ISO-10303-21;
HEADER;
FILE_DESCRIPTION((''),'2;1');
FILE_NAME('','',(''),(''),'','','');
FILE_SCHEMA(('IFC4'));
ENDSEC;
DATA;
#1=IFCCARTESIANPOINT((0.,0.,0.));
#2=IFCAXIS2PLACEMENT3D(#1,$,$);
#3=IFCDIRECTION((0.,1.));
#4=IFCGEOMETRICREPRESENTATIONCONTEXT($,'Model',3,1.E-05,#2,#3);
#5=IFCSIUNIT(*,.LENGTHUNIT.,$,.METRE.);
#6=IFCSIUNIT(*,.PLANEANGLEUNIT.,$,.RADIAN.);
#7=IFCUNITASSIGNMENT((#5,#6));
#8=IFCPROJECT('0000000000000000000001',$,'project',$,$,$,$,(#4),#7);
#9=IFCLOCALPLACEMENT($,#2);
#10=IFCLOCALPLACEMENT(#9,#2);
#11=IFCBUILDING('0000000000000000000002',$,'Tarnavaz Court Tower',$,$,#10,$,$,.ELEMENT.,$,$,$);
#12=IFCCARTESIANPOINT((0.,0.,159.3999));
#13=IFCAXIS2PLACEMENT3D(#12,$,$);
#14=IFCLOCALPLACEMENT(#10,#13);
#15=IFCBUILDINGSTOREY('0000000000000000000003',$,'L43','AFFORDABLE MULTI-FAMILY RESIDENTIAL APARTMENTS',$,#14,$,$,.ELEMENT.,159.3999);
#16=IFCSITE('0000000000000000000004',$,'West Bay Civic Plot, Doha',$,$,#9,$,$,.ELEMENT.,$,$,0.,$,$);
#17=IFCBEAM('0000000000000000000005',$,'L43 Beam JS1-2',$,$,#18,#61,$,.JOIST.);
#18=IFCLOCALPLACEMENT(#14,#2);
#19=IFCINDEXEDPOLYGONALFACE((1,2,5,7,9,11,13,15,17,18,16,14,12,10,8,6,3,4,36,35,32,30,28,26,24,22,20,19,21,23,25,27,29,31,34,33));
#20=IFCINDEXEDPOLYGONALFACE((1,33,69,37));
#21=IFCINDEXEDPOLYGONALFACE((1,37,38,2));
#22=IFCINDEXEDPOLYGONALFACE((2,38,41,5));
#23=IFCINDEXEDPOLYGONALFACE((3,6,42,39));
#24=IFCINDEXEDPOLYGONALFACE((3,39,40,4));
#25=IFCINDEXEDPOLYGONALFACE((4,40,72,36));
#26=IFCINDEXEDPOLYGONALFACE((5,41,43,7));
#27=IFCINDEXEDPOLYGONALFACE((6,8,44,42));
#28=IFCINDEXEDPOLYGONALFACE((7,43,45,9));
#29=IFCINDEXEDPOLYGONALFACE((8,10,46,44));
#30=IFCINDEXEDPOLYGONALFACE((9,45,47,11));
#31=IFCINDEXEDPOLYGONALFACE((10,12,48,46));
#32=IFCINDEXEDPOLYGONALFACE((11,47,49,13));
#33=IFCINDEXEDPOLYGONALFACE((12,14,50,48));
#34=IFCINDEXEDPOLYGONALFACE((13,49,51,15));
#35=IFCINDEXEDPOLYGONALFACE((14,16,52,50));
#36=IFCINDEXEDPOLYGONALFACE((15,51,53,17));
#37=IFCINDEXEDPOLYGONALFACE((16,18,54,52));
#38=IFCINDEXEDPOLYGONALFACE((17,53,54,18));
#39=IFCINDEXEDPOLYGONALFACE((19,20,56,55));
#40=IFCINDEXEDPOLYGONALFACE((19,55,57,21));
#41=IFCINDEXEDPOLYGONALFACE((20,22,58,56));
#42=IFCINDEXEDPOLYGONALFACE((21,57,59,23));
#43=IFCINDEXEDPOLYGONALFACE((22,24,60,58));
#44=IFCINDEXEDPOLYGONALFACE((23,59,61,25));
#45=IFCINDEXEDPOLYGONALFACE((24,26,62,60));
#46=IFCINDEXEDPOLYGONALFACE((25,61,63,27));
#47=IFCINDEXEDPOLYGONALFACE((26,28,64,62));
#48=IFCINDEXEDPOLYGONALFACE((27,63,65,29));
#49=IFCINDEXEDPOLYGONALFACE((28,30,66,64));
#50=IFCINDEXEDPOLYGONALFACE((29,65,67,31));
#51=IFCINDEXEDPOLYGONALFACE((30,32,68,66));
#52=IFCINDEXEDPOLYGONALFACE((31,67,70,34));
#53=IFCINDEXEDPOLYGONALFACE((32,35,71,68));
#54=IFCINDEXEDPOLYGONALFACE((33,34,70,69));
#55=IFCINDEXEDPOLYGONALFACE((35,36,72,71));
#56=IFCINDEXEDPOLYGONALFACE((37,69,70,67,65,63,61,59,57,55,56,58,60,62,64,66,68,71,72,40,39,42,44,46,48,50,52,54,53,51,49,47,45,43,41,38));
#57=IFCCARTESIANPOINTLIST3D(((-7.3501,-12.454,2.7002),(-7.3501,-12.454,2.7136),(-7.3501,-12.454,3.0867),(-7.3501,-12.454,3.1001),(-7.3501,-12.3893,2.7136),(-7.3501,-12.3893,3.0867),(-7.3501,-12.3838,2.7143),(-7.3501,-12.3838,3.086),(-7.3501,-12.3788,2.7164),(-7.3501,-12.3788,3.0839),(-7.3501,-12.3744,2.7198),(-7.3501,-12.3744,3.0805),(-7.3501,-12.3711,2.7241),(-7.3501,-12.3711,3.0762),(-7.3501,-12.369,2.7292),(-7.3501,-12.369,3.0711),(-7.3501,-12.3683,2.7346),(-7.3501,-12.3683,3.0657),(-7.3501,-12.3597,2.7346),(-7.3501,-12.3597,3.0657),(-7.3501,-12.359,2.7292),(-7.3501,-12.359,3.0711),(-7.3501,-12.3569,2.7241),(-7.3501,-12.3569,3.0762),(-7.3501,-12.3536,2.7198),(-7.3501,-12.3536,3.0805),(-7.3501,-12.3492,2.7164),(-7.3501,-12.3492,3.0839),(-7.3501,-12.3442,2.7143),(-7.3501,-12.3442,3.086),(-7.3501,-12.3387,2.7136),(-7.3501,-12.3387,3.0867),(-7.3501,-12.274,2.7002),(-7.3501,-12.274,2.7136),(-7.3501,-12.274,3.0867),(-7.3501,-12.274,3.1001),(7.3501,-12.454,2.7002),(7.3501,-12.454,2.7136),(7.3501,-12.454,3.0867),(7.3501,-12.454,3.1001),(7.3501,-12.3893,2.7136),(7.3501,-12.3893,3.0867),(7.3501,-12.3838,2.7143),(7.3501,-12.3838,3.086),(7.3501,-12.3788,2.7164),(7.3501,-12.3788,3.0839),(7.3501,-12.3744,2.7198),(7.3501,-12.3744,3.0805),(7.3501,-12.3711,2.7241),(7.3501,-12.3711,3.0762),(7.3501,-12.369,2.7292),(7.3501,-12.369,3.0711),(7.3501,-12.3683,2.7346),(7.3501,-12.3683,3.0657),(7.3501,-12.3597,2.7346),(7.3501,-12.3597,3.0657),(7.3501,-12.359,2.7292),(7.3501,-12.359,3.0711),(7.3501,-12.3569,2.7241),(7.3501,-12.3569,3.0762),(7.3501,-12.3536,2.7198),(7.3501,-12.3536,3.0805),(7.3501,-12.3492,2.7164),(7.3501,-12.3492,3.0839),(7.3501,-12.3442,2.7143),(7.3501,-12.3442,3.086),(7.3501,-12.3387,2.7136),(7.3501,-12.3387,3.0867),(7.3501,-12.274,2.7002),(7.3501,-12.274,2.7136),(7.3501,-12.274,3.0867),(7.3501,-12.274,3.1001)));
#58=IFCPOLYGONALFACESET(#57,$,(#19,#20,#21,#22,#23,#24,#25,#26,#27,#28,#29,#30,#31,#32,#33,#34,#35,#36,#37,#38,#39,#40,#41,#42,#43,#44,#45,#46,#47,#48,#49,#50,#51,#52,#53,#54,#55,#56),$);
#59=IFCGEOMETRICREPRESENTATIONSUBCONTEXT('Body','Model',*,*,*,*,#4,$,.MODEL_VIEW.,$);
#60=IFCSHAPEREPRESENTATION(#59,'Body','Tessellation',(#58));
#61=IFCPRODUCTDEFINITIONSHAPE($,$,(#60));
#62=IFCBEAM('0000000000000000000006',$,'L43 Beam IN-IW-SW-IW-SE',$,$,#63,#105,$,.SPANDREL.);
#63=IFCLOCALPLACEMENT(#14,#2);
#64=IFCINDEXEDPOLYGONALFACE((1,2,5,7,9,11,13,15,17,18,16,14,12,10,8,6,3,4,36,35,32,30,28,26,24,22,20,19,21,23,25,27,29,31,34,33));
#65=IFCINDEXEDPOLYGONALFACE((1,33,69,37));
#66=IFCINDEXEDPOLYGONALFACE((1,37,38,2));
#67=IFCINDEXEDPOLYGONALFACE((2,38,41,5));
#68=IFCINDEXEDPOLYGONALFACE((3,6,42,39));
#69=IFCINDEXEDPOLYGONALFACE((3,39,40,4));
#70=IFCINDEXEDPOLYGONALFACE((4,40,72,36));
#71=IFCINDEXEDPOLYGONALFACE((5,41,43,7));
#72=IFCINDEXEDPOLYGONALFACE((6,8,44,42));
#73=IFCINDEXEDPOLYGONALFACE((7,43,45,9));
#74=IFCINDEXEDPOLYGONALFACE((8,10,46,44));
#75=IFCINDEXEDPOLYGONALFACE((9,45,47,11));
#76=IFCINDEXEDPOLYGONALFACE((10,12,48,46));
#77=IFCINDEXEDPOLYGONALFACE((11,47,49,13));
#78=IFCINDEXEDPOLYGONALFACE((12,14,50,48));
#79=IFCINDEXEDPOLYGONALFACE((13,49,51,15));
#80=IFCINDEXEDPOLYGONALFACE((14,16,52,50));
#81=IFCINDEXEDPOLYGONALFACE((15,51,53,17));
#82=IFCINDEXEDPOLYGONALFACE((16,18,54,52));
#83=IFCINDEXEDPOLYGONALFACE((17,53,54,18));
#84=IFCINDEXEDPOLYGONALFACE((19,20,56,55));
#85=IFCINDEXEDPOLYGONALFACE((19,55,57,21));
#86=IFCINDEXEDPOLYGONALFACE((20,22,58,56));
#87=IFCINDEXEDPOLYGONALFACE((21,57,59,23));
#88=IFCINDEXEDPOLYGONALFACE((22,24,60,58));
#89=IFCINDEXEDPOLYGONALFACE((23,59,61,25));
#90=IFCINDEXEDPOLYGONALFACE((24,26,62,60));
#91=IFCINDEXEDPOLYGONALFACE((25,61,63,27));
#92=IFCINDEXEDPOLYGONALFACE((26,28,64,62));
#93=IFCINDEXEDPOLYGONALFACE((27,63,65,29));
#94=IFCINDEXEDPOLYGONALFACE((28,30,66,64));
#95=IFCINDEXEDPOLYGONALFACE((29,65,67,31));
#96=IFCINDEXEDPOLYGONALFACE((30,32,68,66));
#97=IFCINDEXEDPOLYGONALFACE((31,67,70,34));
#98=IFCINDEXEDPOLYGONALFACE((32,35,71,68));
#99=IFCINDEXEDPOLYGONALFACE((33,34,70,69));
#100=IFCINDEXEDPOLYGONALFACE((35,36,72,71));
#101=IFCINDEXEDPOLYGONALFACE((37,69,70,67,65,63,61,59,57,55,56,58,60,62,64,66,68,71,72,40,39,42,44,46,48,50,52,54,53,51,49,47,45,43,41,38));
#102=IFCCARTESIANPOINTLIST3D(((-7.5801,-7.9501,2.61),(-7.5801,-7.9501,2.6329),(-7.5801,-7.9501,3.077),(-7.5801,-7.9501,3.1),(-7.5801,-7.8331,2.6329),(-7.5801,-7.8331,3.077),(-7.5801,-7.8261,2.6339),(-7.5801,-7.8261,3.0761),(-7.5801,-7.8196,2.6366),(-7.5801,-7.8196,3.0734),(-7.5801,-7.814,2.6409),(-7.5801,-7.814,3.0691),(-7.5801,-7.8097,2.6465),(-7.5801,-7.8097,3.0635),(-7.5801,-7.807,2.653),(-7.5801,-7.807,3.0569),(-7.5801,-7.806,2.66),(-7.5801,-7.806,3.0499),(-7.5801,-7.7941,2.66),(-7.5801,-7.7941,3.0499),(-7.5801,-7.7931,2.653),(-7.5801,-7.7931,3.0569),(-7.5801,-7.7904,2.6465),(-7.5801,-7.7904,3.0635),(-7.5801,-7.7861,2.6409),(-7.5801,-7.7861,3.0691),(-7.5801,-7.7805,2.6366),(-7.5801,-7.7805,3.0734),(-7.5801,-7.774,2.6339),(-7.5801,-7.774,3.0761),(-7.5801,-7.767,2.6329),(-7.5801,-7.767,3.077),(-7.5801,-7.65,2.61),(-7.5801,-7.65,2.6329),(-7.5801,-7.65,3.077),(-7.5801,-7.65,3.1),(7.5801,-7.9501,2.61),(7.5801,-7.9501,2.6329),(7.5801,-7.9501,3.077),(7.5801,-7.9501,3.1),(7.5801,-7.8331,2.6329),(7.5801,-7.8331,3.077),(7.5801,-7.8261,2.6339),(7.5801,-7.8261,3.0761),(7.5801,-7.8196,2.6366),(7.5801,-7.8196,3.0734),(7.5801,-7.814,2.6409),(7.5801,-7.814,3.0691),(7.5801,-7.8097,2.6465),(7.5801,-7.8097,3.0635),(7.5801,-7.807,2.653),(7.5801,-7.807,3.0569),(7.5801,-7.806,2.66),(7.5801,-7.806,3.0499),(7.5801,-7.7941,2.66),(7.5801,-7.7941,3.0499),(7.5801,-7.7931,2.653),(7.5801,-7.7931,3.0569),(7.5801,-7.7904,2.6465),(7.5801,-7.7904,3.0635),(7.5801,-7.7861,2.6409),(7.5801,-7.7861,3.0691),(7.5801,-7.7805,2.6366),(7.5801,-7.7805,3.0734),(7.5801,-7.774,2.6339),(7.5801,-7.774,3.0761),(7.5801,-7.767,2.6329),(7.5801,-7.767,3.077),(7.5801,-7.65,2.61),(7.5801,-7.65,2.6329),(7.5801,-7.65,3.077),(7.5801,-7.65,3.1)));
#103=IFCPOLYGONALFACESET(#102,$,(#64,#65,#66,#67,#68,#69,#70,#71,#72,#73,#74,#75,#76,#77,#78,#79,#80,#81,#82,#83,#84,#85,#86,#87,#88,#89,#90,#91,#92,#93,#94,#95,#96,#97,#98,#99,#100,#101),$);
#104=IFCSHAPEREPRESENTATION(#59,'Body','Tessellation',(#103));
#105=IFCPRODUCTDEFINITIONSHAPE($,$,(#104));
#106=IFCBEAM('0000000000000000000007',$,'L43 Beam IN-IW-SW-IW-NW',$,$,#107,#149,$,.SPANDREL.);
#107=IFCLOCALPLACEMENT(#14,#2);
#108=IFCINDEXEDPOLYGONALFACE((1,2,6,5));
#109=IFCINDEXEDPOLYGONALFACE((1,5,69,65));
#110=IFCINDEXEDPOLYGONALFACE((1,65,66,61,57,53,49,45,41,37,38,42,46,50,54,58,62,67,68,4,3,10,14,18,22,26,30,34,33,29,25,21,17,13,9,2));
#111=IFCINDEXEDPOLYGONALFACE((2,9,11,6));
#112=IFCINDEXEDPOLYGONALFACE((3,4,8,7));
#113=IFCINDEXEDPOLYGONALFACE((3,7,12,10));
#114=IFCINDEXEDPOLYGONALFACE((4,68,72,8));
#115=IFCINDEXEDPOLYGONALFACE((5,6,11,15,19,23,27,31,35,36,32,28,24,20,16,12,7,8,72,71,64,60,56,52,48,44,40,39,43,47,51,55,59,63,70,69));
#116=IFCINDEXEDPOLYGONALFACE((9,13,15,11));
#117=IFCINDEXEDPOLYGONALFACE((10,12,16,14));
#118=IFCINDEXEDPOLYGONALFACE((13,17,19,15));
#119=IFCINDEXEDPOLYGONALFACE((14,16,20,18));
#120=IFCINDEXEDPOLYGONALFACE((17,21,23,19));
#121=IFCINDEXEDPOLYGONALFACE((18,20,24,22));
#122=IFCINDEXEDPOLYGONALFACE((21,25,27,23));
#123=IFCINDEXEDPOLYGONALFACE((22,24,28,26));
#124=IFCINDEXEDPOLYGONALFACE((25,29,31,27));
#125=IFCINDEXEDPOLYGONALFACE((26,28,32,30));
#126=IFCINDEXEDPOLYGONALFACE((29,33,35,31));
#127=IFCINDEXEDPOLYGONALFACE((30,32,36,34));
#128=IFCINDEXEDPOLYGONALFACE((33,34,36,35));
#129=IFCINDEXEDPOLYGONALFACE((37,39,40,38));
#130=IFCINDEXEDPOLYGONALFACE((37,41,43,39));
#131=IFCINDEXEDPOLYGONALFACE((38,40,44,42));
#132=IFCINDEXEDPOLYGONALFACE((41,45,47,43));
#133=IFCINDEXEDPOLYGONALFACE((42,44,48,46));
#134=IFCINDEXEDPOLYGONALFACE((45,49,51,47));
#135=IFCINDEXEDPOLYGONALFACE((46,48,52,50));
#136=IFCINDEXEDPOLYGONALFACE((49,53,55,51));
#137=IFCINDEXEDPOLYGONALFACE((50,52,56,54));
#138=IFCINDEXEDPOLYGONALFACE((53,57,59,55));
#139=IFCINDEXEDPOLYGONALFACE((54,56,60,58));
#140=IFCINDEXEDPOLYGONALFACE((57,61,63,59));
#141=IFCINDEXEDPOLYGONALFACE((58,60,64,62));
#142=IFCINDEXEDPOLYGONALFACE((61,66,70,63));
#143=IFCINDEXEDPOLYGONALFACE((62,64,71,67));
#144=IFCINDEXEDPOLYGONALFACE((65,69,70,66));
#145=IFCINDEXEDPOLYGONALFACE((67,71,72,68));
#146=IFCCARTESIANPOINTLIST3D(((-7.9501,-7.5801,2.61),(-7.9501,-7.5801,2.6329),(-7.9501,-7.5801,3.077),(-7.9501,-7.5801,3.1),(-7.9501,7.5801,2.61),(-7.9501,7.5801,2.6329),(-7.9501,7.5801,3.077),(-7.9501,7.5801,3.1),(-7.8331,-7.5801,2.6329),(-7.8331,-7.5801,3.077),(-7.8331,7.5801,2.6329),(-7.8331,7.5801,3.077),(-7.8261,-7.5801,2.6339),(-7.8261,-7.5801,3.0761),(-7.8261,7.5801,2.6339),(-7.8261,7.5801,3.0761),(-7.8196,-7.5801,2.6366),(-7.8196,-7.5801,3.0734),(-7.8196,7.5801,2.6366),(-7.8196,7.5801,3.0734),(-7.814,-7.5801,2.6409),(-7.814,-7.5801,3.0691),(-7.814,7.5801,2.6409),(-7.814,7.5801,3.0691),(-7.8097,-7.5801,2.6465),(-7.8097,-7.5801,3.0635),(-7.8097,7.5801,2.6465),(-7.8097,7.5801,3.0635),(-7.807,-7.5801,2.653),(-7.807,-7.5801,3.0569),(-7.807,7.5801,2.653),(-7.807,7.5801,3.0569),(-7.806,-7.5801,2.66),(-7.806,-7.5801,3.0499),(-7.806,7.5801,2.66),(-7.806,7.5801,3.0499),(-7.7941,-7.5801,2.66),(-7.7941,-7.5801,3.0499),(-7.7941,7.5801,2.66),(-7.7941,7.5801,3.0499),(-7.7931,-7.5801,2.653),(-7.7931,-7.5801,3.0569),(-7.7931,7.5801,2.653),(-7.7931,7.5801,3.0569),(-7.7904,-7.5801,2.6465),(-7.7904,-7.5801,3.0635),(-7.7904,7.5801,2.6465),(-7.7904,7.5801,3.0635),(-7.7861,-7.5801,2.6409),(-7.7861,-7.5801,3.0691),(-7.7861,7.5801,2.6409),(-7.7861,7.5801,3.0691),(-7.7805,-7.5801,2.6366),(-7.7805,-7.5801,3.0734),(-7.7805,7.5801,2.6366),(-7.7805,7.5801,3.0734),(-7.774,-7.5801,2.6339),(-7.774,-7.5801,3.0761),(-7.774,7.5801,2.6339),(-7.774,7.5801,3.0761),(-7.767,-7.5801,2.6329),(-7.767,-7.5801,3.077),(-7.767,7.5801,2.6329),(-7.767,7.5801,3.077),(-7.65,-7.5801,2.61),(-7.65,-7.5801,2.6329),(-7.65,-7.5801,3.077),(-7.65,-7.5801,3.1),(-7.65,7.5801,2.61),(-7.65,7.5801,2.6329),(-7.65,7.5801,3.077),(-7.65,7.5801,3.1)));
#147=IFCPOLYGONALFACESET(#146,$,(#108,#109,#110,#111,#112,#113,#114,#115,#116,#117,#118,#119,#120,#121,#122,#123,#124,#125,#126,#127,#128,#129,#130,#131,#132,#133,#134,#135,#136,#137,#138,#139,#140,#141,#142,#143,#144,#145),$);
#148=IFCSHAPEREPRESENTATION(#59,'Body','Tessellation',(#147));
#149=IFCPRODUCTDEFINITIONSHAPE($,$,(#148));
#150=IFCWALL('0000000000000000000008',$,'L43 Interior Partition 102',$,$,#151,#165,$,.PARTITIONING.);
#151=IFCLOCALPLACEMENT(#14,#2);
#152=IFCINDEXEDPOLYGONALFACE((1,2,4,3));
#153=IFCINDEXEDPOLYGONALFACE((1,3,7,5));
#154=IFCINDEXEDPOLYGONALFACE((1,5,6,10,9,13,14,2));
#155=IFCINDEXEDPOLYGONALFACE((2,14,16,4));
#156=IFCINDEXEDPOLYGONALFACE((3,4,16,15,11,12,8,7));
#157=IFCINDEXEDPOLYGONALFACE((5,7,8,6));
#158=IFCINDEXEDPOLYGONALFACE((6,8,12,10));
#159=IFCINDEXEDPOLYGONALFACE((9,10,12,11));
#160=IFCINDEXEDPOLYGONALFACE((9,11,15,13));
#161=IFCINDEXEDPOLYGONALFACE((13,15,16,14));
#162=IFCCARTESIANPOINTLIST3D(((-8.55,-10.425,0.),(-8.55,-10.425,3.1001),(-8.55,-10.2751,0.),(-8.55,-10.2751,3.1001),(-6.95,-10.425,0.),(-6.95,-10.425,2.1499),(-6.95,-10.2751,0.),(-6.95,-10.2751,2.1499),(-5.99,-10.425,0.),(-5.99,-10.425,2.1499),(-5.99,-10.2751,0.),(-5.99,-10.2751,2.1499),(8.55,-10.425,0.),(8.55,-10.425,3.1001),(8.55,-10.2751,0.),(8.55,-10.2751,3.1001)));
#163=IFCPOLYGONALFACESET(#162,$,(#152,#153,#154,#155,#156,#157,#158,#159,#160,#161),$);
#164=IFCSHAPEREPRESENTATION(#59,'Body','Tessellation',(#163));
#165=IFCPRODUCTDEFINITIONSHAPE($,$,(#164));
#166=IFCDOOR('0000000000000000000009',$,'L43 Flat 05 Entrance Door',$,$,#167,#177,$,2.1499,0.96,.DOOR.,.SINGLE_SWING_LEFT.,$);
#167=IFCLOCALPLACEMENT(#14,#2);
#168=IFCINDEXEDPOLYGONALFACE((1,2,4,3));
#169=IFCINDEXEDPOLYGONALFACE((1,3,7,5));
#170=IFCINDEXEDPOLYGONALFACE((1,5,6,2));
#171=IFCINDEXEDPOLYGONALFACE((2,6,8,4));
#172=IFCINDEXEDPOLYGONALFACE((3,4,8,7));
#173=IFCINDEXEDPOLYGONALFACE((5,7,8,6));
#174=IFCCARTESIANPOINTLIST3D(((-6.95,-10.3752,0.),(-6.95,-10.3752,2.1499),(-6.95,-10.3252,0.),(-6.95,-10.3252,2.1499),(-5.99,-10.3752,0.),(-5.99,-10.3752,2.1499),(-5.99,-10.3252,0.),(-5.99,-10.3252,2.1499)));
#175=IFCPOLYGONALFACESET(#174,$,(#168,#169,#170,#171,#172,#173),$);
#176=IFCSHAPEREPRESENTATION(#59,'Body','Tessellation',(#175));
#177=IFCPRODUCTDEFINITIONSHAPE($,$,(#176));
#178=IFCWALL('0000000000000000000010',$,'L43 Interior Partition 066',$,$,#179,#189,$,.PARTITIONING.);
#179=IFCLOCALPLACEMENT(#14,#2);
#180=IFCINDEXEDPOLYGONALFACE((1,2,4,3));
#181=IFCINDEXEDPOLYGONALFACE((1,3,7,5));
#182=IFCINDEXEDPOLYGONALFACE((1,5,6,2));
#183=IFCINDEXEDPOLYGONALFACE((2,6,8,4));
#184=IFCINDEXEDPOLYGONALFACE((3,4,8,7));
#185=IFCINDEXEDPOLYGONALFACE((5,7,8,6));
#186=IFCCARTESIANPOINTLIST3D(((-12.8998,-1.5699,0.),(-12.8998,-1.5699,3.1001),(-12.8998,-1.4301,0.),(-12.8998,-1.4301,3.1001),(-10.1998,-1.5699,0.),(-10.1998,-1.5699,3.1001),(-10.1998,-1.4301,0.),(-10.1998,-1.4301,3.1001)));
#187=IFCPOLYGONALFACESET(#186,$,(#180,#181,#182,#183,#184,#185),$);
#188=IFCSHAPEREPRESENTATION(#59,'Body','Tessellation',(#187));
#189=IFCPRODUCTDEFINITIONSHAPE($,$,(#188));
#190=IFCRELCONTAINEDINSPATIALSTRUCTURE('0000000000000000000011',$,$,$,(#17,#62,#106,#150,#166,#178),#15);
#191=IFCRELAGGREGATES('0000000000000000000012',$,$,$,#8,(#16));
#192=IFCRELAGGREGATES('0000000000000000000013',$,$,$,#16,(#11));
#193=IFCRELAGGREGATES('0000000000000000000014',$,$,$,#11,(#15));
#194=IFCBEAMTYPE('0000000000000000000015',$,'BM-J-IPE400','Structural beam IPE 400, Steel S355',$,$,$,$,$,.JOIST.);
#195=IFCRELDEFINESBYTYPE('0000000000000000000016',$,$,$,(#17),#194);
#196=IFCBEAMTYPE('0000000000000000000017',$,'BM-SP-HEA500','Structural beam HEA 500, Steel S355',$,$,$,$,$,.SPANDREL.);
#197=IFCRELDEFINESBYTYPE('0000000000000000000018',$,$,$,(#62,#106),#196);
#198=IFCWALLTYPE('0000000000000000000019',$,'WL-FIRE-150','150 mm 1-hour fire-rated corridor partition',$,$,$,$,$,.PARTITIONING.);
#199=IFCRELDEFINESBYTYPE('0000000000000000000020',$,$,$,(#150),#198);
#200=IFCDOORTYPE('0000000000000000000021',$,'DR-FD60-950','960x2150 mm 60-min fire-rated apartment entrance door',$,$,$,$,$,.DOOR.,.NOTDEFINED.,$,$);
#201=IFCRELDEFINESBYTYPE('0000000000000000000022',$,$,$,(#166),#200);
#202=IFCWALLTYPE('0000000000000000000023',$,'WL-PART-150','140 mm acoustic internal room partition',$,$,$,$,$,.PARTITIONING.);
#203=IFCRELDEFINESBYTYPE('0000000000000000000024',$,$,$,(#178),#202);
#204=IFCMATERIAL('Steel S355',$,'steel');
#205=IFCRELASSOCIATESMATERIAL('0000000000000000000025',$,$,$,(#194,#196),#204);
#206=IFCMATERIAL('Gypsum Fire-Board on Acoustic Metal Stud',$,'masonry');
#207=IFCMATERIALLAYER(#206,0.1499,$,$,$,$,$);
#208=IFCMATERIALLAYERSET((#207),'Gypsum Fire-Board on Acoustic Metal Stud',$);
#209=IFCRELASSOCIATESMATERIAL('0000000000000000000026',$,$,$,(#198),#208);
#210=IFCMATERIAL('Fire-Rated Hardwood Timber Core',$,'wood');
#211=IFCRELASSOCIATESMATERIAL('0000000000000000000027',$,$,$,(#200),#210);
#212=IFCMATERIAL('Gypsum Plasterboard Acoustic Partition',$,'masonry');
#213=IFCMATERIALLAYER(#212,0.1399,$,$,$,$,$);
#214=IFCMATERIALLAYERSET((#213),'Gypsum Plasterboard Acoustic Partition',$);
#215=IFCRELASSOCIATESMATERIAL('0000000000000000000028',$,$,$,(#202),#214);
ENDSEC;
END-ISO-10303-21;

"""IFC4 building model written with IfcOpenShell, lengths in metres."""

from ifc_helpers import new_model, si_unit, direction, frame, frame_2d, origin, origin_2d, place, context, subcontext, project, spatial, rectangle, i_section, extrude, material, layer, layer_set, material_profile, profile_set, type_object, element, fill, save


model = new_model("IFC4")

# Units and contexts
model_context = context("Model", 3, precision=1e-05, world=origin(), true_north=direction((0.0, 1.0)))
body_context = subcontext(model_context, "Body", "Model", "MODEL_VIEW")
ifc_project = project(units=[si_unit("LENGTHUNIT", "METRE"), si_unit("PLANEANGLEUNIT", "RADIAN")], contexts=[model_context])

# Site, building, storey
site_placement = place(None, origin())
site = spatial("IfcSite", under=ifc_project, at=site_placement, Name="West Bay Civic Plot, Doha", CompositionType="ELEMENT", RefElevation=0.0)
building_placement = place(site_placement, origin())
building = spatial("IfcBuilding", under=site, at=building_placement, Name="Tarnavaz Court Tower", CompositionType="ELEMENT")
storey_placement = place(building_placement, frame((0.0, 0.0, 159.3999)))
storey = spatial("IfcBuildingStorey", under=building, at=storey_placement, Name="L43", Description="AFFORDABLE MULTI-FAMILY RESIDENTIAL APARTMENTS", CompositionType="ELEMENT", Elevation=159.3999)

# Beams
ifc_material_1 = material(Name="Steel S355", Category="steel")
ifc_material_profile_1 = material_profile(ifc_material_1, i_section(OverallWidth=0.1799, OverallDepth=0.3999, WebThickness=0.0085, FlangeThickness=0.0134, FilletRadius=0.021, at=origin_2d()), Name="IPE 400")
ifc_profile_set_1 = profile_set([ifc_material_profile_1], Name="Steel S355")
beam_type_1 = type_object("IfcBeamType", Name="BM-J-IPE400", Description="Structural beam IPE 400, Steel S355", PredefinedType="JOIST", material=ifc_profile_set_1)
beam_1_placement = place(storey_placement, frame((-7.3501, -12.364, 2.9001), z_axis=(1.0, 0.0, 0.0), x_axis=(0.0, 1.0, 0.0)))
element("IfcBeam", 1, at=beam_1_placement, inside=storey, type_object=beam_type_1, Name="L43 Beam JS1-2", PredefinedType="JOIST", context=body_context, shape_type="SweptSolid", body=[
    extrude(i_section(OverallWidth=0.1799, OverallDepth=0.3999, WebThickness=0.0085, FlangeThickness=0.0134, FilletRadius=0.021, at=origin_2d()), origin(), (0.0, 0.0, 1.0), 14.7002),
])
ifc_material_profile_2 = material_profile(ifc_material_1, i_section(OverallWidth=0.3, OverallDepth=0.49, WebThickness=0.012, FlangeThickness=0.0229, FilletRadius=0.0271, at=origin_2d()), Name="HEA 500")
ifc_profile_set_2 = profile_set([ifc_material_profile_2], Name="Steel S355")
beam_type_2 = type_object("IfcBeamType", Name="BM-SP-HEA500", Description="Structural beam HEA 500, Steel S355", PredefinedType="SPANDREL", material=ifc_profile_set_2)
for number, where, z_axis, x_axis, name in (
    (2, (-7.5801, -7.8, 2.855), (1.0, 0.0, 0.0), (0.0, 1.0, 0.0), "L43 Beam IN-IW-SW-IW-SE"),
    (3, (-7.8, -7.5801, 2.855), (0.0, 1.0, 0.0), (-1.0, 0.0, 0.0), "L43 Beam IN-IW-SW-IW-NW"),
):
    element("IfcBeam", number, at=place(storey_placement, frame(where, z_axis=z_axis, x_axis=x_axis)), inside=storey, type_object=beam_type_2, Name=name, PredefinedType="SPANDREL", context=body_context, shape_type="SweptSolid", body=[
        extrude(i_section(OverallWidth=0.3, OverallDepth=0.49, WebThickness=0.012, FlangeThickness=0.0229, FilletRadius=0.0271, at=origin_2d()), origin(), (0.0, 0.0, 1.0), 15.1602),
    ])

# Wall, opening, door
ifc_material_2 = material(Name="Gypsum Fire-Board on Acoustic Metal Stud", Category="masonry")
ifc_layer_1 = layer(ifc_material_2, 0.1499)
ifc_layer_set_1 = layer_set([ifc_layer_1], Name="Gypsum Fire-Board on Acoustic Metal Stud")
wall_type_1 = type_object("IfcWallType", Name="WL-FIRE-150", Description="150 mm 1-hour fire-rated corridor partition", PredefinedType="PARTITIONING", material=ifc_layer_set_1)
wall_1_placement = place(storey_placement, frame((-8.55, -10.3501, 0.0), z_axis=(0.0, 0.0, 1.0), x_axis=(1.0, 0.0, 0.0)))
wall_1 = element("IfcWall", 4, at=wall_1_placement, inside=storey, type_object=wall_type_1, Name="L43 Interior Partition 102", PredefinedType="PARTITIONING", context=body_context, shape_type="SweptSolid", body=[
    extrude(rectangle(XDim=17.1001, YDim=0.1499, at=frame_2d((8.55, 0.0))), origin(), (0.0, 0.0, 1.0), 3.1001),
])
opening_1_placement = place(wall_1_placement, frame((1.6001, 0.0, 0.0)))
opening_1 = element("IfcOpeningElement", 5, at=opening_1_placement, cuts=wall_1, PredefinedType="OPENING", context=body_context, shape_type="SweptSolid", body=[
    extrude(rectangle(XDim=0.96, YDim=2.1499, at=frame_2d((0.48, 1.075))), frame((0.0, 0.085, 0.0), z_axis=(0.0, -1.0, 0.0), x_axis=(1.0, 0.0, 0.0)), (0.0, 0.0, 1.0), 0.1699),
])
ifc_material_3 = material(Name="Fire-Rated Hardwood Timber Core", Category="wood")
door_type_1 = type_object("IfcDoorType", Name="DR-FD60-950", Description="960x2150 mm 60-min fire-rated apartment entrance door", OperationType="NOTDEFINED", PredefinedType="DOOR", material=ifc_material_3)
door_1_placement = place(opening_1_placement, origin())
door_1 = element("IfcDoor", 6, at=door_1_placement, inside=storey, type_object=door_type_1, Name="L43 Flat 05 Entrance Door", OperationType="SINGLE_SWING_LEFT", OverallHeight=2.1499, OverallWidth=0.96, PredefinedType="DOOR", context=body_context, shape_type="SweptSolid", body=[
    extrude(rectangle(XDim=0.96, YDim=2.1499, at=frame_2d((0.48, 1.075))), frame((0.0, 0.0249, 0.0), z_axis=(0.0, -1.0, 0.0), x_axis=(1.0, 0.0, 0.0)), (0.0, 0.0, 1.0), 0.05),
])
fill(opening_1, door_1)

# Shared definitions
ifc_material_4 = material(Name="Gypsum Plasterboard Acoustic Partition", Category="masonry")
ifc_layer_2 = layer(ifc_material_4, 0.1399)
ifc_layer_set_2 = layer_set([ifc_layer_2], Name="Gypsum Plasterboard Acoustic Partition")
wall_type_2 = type_object("IfcWallType", Name="WL-PART-150", Description="140 mm acoustic internal room partition", PredefinedType="PARTITIONING", material=ifc_layer_set_2)

# Wall
wall_2_placement = place(storey_placement, frame((-12.8999, -1.5, 0.0), z_axis=(0.0, 0.0, 1.0), x_axis=(1.0, 0.0, 0.0)))
element("IfcWall", 7, at=wall_2_placement, inside=storey, type_object=wall_type_2, Name="L43 Interior Partition 066", PredefinedType="PARTITIONING", context=body_context, shape_type="SweptSolid", body=[
    extrude(rectangle(XDim=2.7, YDim=0.1399, at=frame_2d((1.3501, 0.0))), origin(), (0.0, 0.0, 1.0), 3.1001),
])

save(model, "model.ifc")
